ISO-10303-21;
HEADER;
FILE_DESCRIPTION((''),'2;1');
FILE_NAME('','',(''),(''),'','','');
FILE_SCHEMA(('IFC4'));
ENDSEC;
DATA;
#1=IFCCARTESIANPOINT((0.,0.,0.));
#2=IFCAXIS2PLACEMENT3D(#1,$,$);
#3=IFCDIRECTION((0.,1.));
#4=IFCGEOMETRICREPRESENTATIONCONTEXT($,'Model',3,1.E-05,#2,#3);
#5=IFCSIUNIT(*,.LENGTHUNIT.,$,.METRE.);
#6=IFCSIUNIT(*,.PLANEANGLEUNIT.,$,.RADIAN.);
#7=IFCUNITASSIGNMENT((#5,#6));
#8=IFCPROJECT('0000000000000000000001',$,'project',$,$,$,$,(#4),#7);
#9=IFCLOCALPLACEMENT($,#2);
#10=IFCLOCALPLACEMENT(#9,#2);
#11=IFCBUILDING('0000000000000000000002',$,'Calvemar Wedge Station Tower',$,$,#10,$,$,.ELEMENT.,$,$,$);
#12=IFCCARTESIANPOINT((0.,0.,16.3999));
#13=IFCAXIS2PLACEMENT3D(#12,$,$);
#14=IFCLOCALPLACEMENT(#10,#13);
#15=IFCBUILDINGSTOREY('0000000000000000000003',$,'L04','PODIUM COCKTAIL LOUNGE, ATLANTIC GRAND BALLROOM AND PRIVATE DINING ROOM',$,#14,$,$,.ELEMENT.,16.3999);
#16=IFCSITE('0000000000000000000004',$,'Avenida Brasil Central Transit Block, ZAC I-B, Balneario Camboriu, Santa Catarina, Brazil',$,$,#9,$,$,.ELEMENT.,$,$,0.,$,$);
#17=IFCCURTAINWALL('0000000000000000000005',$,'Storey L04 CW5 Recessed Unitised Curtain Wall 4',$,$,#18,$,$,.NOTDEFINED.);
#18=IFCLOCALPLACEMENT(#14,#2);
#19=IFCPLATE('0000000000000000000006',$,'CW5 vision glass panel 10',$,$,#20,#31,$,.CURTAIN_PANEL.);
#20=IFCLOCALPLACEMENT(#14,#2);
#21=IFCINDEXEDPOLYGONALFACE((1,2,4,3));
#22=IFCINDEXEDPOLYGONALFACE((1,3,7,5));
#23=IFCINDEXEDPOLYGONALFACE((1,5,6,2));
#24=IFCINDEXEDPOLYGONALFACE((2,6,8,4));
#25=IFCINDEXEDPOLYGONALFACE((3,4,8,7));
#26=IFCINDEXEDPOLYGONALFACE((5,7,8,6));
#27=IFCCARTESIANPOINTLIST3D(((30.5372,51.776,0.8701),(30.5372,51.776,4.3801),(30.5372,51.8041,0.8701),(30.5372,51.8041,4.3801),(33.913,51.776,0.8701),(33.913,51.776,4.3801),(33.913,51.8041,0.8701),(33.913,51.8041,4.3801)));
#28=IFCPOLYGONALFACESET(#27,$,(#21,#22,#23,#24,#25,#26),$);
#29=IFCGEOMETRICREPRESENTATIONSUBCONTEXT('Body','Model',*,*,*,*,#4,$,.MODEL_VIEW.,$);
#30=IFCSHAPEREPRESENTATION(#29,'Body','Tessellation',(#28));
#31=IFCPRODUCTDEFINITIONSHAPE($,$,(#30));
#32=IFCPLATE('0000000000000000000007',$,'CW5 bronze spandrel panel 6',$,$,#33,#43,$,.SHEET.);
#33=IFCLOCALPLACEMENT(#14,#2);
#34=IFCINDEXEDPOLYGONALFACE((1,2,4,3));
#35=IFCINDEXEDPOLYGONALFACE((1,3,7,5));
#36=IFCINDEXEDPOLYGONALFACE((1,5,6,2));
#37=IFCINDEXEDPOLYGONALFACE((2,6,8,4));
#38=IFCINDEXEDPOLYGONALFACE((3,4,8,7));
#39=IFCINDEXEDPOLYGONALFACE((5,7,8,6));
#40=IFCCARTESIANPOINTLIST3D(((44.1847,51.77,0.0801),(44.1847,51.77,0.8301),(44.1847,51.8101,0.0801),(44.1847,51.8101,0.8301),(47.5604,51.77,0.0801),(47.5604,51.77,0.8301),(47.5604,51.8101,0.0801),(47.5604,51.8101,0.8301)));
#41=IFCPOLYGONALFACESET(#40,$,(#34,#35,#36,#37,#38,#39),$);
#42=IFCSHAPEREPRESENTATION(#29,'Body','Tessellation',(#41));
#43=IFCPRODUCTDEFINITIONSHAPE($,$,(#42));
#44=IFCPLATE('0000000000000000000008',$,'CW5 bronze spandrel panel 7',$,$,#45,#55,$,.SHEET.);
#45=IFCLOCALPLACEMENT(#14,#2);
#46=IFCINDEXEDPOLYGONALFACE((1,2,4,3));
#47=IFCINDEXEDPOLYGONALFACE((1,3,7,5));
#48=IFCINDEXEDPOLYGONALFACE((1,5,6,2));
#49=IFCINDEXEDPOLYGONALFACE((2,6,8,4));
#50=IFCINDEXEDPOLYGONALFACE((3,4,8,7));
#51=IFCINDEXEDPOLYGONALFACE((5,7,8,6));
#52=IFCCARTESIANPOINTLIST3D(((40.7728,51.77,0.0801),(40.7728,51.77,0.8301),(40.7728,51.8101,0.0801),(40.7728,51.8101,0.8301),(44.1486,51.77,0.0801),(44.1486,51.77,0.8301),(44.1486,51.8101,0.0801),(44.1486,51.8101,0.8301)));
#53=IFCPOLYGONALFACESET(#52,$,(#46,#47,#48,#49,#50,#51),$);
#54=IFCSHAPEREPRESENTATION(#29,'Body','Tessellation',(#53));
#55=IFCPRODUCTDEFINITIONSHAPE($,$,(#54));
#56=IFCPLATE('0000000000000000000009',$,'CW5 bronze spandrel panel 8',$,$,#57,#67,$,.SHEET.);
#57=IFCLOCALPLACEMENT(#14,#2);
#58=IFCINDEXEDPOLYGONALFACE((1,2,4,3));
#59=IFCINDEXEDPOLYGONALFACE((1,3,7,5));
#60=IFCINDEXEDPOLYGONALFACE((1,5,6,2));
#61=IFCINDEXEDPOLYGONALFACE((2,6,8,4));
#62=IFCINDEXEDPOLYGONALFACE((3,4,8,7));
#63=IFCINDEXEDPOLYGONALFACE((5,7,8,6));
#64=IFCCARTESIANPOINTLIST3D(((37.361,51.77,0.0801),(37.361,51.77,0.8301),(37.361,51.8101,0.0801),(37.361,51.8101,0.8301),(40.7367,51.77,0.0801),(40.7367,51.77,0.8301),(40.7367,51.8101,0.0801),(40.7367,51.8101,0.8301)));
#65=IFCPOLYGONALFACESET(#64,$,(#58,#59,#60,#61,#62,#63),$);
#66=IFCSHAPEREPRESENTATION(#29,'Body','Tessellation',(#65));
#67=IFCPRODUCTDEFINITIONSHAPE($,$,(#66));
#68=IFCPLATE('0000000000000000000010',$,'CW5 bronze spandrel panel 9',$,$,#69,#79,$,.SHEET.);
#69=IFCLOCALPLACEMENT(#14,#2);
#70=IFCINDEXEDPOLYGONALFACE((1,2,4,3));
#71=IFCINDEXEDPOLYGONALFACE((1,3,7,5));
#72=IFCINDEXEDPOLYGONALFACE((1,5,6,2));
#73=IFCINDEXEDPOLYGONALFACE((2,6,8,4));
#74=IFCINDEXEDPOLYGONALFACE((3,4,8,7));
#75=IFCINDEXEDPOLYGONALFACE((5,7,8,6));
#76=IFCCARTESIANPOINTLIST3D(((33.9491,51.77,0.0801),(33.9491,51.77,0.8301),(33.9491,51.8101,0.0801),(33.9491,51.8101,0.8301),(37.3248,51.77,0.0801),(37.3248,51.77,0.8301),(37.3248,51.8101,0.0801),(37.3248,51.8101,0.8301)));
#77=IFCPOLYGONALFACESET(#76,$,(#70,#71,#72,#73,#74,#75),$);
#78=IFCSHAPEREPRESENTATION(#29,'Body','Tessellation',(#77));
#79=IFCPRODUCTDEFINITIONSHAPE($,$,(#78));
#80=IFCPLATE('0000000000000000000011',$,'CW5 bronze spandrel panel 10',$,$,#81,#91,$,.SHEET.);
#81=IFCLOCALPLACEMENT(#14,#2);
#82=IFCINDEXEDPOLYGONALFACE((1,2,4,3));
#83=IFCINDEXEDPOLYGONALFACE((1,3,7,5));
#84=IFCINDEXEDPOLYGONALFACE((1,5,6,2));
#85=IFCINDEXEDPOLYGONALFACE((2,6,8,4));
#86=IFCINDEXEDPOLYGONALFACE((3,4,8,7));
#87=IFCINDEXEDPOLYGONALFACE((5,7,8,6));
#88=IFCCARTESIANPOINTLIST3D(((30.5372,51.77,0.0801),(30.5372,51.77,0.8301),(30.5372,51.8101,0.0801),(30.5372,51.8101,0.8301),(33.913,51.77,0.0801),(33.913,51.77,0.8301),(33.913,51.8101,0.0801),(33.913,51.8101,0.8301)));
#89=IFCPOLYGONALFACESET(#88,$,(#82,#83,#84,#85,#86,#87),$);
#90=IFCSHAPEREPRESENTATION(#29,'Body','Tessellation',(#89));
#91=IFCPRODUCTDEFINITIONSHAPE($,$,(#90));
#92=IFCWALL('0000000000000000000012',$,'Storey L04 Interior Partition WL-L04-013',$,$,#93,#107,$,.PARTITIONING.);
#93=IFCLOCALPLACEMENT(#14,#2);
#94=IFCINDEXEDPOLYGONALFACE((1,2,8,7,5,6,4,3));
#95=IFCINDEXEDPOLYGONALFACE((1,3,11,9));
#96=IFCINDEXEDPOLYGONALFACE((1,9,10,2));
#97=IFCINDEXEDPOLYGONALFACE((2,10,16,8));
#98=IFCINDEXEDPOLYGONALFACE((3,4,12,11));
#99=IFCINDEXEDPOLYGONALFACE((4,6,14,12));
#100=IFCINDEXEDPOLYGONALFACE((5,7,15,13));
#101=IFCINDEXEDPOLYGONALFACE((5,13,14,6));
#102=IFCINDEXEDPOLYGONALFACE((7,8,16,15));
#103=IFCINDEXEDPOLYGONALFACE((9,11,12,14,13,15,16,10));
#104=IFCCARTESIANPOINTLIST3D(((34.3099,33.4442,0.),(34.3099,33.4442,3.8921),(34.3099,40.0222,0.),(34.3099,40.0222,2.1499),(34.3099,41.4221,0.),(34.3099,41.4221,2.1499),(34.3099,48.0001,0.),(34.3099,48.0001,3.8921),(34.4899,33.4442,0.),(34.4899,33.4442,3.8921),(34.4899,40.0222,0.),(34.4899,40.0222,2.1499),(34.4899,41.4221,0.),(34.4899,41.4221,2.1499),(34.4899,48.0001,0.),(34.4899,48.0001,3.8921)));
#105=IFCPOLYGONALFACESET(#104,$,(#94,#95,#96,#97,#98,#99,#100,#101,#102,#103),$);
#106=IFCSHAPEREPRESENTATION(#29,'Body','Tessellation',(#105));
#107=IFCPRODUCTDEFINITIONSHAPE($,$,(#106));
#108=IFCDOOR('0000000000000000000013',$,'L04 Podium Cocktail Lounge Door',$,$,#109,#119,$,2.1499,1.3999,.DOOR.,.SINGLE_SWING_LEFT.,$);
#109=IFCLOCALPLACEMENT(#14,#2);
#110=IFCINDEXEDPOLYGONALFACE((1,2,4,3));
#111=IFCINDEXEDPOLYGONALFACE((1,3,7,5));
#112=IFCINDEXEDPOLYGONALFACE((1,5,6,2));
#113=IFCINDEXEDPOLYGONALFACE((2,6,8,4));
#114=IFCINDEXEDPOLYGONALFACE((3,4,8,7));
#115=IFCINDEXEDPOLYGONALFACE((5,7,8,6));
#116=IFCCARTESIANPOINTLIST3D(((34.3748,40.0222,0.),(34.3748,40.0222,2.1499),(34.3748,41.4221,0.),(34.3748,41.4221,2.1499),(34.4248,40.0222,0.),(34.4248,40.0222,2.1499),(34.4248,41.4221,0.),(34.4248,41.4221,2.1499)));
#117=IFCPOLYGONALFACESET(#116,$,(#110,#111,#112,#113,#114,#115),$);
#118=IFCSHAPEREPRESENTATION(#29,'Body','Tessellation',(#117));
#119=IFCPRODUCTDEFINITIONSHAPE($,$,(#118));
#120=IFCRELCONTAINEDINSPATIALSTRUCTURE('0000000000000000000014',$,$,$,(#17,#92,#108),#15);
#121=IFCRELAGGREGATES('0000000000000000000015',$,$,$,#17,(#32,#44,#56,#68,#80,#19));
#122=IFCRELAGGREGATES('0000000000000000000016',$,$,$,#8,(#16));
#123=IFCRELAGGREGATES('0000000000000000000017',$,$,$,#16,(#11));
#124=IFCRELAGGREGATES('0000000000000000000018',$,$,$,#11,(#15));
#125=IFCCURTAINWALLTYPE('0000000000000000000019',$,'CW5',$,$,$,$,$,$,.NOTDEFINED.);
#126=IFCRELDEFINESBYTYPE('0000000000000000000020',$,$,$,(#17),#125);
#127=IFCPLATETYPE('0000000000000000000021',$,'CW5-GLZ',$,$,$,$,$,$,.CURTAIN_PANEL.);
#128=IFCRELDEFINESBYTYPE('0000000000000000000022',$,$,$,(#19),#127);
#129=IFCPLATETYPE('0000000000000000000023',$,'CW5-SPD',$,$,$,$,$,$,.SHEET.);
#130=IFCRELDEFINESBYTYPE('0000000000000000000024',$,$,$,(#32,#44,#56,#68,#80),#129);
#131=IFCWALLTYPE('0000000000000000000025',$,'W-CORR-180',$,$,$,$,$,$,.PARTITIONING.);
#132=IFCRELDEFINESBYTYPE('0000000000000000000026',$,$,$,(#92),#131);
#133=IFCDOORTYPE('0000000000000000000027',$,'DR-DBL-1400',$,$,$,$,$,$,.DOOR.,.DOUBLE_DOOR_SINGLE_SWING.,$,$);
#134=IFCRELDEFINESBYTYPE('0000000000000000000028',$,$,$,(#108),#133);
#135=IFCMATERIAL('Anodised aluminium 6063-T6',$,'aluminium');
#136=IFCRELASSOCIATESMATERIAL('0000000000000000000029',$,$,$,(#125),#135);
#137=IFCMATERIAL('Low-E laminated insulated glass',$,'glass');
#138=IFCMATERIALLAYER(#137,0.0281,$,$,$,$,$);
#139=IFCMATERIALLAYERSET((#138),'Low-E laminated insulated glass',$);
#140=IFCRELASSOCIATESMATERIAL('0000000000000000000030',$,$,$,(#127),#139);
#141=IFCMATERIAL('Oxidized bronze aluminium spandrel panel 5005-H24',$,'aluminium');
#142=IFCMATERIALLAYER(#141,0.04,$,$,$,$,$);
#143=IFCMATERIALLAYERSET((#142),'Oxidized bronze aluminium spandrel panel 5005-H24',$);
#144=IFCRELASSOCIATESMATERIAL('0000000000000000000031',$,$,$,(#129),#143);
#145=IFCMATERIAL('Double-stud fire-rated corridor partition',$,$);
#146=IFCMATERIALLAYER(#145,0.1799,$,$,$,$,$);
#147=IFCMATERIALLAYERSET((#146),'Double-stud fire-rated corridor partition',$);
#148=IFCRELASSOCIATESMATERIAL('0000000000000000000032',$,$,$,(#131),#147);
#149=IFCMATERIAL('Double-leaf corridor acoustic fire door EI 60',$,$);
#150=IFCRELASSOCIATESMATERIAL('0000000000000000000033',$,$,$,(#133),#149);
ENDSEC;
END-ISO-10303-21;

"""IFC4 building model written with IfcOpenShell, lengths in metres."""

from ifc_helpers import new_model, si_unit, direction, frame, frame_2d, origin, place, context, subcontext, project, spatial, rectangle, extrude, source, transform, mapped, material, layer, layer_set, type_object, element, fill, aggregate, save


model = new_model("IFC4")

# Units and contexts
model_context = context("Model", 3, precision=1e-05, world=origin(), true_north=direction((0.0, 1.0)))
body_context = subcontext(model_context, "Body", "Model", "MODEL_VIEW")
ifc_project = project(units=[si_unit("LENGTHUNIT", "METRE"), si_unit("PLANEANGLEUNIT", "RADIAN")], contexts=[model_context])

# Site, building, storey
site_placement = place(None, origin())
site = spatial("IfcSite", under=ifc_project, at=site_placement, Name="Avenida Brasil Central Transit Block, ZAC I-B, Balneario Camboriu, Santa Catarina, Brazil", CompositionType="ELEMENT", RefElevation=0.0)
building_placement = place(site_placement, origin())
building = spatial("IfcBuilding", under=site, at=building_placement, Name="Calvemar Wedge Station Tower", CompositionType="ELEMENT")
storey_placement = place(building_placement, frame((0.0, 0.0, 16.3999)))
storey = spatial("IfcBuildingStorey", under=building, at=storey_placement, Name="L04", Description="PODIUM COCKTAIL LOUNGE, ATLANTIC GRAND BALLROOM AND PRIVATE DINING ROOM", CompositionType="ELEMENT", Elevation=16.3999)

# Curtain wall, plates
ifc_material_1 = material(Name="Anodised aluminium 6063-T6", Category="aluminium")
curtain_wall_type = type_object("IfcCurtainWallType", Name="CW5", PredefinedType="NOTDEFINED", material=ifc_material_1)
curtain_wall_placement = place(storey_placement, origin())
curtain_wall = element("IfcCurtainWall", 1, at=curtain_wall_placement, inside=storey, type_object=curtain_wall_type, Name="Storey L04 CW5 Recessed Unitised Curtain Wall 4", PredefinedType="NOTDEFINED")
ifc_material_2 = material(Name="Low-E laminated insulated glass", Category="glass")
ifc_layer_1 = layer(ifc_material_2, 0.0281)
ifc_layer_set_1 = layer_set([ifc_layer_1], Name="Low-E laminated insulated glass")
plate_type_1 = type_object("IfcPlateType", Name="CW5-GLZ", PredefinedType="CURTAIN_PANEL", material=ifc_layer_set_1)
plate_1_placement = place(storey_placement, frame((33.9131, 51.79, 0.8701), z_axis=(0.0, 0.0, 1.0), x_axis=(-1.0, 0.0, 0.0)))
plate_1 = element("IfcPlate", 2, at=plate_1_placement, type_object=plate_type_1, Name="CW5 vision glass panel 10", PredefinedType="CURTAIN_PANEL", context=body_context, shape_type="SweptSolid", body=[
    extrude(rectangle(XDim=3.3757, YDim=0.0281, at=frame_2d((1.688, 0.0))), origin(), (0.0, 0.0, 1.0), 3.51),
])
ifc_material_3 = material(Name="Oxidized bronze aluminium spandrel panel 5005-H24", Category="aluminium")
ifc_layer_2 = layer(ifc_material_3, 0.04)
ifc_layer_set_2 = layer_set([ifc_layer_2], Name="Oxidized bronze aluminium spandrel panel 5005-H24")
plate_type_2 = type_object("IfcPlateType", Name="CW5-SPD", PredefinedType="SHEET", material=ifc_layer_set_2)
plate_2_placement = place(storey_placement, frame((47.5605, 51.79, 0.0801), z_axis=(0.0, 0.0, 1.0), x_axis=(-1.0, 0.0, 0.0)))
plate_2 = element("IfcPlate", 3, at=plate_2_placement, type_object=plate_type_2, Name="CW5 bronze spandrel panel 6", PredefinedType="SHEET", context=body_context, shape_type="SweptSolid", body=[
    extrude(rectangle(XDim=3.3757, YDim=0.04, at=frame_2d((1.688, 0.0))), origin(), (0.0, 0.0, 1.0), 0.75),
])
plate_3_placement = place(storey_placement, frame((44.1487, 51.79, 0.0801), z_axis=(0.0, 0.0, 1.0), x_axis=(-1.0, 0.0, 0.0)))
plate_3 = element("IfcPlate", 4, at=plate_3_placement, type_object=plate_type_2, Name="CW5 bronze spandrel panel 7", PredefinedType="SHEET", context=body_context, shape_type="SweptSolid", body=[
    extrude(rectangle(XDim=3.3757, YDim=0.04, at=frame_2d((1.688, 0.0))), origin(), (0.0, 0.0, 1.0), 0.75),
])
plate_4_placement = place(storey_placement, frame((40.7368, 51.79, 0.0801), z_axis=(0.0, 0.0, 1.0), x_axis=(-1.0, 0.0, 0.0)))
plate_4 = element("IfcPlate", 5, at=plate_4_placement, type_object=plate_type_2, Name="CW5 bronze spandrel panel 8", PredefinedType="SHEET", context=body_context, shape_type="SweptSolid", body=[
    extrude(rectangle(XDim=3.3757, YDim=0.04, at=frame_2d((1.688, 0.0))), origin(), (0.0, 0.0, 1.0), 0.75),
])
plate_5_placement = place(storey_placement, frame((37.325, 51.79, 0.0801), z_axis=(0.0, 0.0, 1.0), x_axis=(-1.0, 0.0, 0.0)))
plate_5 = element("IfcPlate", 6, at=plate_5_placement, type_object=plate_type_2, Name="CW5 bronze spandrel panel 9", PredefinedType="SHEET", context=body_context, shape_type="SweptSolid", body=[
    extrude(rectangle(XDim=3.3757, YDim=0.04, at=frame_2d((1.688, 0.0))), origin(), (0.0, 0.0, 1.0), 0.75),
])
plate_6_placement = place(storey_placement, frame((33.9131, 51.79, 0.0801), z_axis=(0.0, 0.0, 1.0), x_axis=(-1.0, 0.0, 0.0)))
plate_6 = element("IfcPlate", 7, at=plate_6_placement, type_object=plate_type_2, Name="CW5 bronze spandrel panel 10", PredefinedType="SHEET", context=body_context, shape_type="SweptSolid", body=[
    extrude(rectangle(XDim=3.3757, YDim=0.04, at=frame_2d((1.688, 0.0))), origin(), (0.0, 0.0, 1.0), 0.75),
])
aggregate(curtain_wall, [plate_2, plate_3, plate_4, plate_5, plate_6, plate_1])

# Wall, opening, door
ifc_material_4 = material(Name="Double-stud fire-rated corridor partition")
ifc_layer_3 = layer(ifc_material_4, 0.1799)
ifc_layer_set_3 = layer_set([ifc_layer_3], Name="Double-stud fire-rated corridor partition")
wall_type_1 = type_object("IfcWallType", Name="W-CORR-180", PredefinedType="PARTITIONING", material=ifc_layer_set_3)
wall_1_placement = place(storey_placement, frame((34.3999, 48.0, 0.0), z_axis=(0.0, 0.0, 1.0), x_axis=(0.0, -1.0, 0.0)))
wall_1 = element("IfcWall", 8, at=wall_1_placement, inside=storey, type_object=wall_type_1, Name="Storey L04 Interior Partition WL-L04-013", PredefinedType="PARTITIONING", context=body_context, shape_type="SweptSolid", body=[
    extrude(rectangle(XDim=14.5559, YDim=0.1799, at=frame_2d((7.2778, 0.0))), origin(), (0.0, 0.0, 1.0), 3.8921),
])
shared_shape_1 = source(origin(), body_context, "Body", "SweptSolid", [
    extrude(rectangle(XDim=1.3999, YDim=2.1499, at=frame_2d((0.7, 1.075))), frame((0.0, 0.1001, 0.0), z_axis=(0.0, -1.0, 0.0), x_axis=(1.0, 0.0, 0.0)), (0.0, 0.0, 1.0), 0.2),
])
opening_1_placement = place(wall_1_placement, frame((6.5779, 0.0, 0.0)))
opening_1 = element("IfcOpeningElement", 9, at=opening_1_placement, cuts=wall_1, PredefinedType="OPENING", context=body_context, shape_type="MappedRepresentation", body=[
    mapped(shared_shape_1, transform((0.0, 0.0, 0.0), scale=1.0)),
])
ifc_material_5 = material(Name="Double-leaf corridor acoustic fire door EI 60")
door_type_1 = type_object("IfcDoorType", Name="DR-DBL-1400", OperationType="DOUBLE_DOOR_SINGLE_SWING", PredefinedType="DOOR", material=ifc_material_5)
shared_shape_2 = source(origin(), body_context, "Body", "SweptSolid", [
    extrude(rectangle(XDim=1.3999, YDim=2.1499, at=frame_2d((0.7, 1.075))), frame((0.0, 0.0249, 0.0), z_axis=(0.0, -1.0, 0.0), x_axis=(1.0, 0.0, 0.0)), (0.0, 0.0, 1.0), 0.05),
])
door_1_placement = place(opening_1_placement, origin())
door_1 = element("IfcDoor", 10, at=door_1_placement, inside=storey, type_object=door_type_1, Name="L04 Podium Cocktail Lounge Door", OperationType="SINGLE_SWING_LEFT", OverallHeight=2.1499, OverallWidth=1.3999, PredefinedType="DOOR", context=body_context, shape_type="MappedRepresentation", body=[
    mapped(shared_shape_2, transform((0.0, 0.0, 0.0), scale=1.0)),
])
fill(opening_1, door_1)

save(model, "model.ifc")
